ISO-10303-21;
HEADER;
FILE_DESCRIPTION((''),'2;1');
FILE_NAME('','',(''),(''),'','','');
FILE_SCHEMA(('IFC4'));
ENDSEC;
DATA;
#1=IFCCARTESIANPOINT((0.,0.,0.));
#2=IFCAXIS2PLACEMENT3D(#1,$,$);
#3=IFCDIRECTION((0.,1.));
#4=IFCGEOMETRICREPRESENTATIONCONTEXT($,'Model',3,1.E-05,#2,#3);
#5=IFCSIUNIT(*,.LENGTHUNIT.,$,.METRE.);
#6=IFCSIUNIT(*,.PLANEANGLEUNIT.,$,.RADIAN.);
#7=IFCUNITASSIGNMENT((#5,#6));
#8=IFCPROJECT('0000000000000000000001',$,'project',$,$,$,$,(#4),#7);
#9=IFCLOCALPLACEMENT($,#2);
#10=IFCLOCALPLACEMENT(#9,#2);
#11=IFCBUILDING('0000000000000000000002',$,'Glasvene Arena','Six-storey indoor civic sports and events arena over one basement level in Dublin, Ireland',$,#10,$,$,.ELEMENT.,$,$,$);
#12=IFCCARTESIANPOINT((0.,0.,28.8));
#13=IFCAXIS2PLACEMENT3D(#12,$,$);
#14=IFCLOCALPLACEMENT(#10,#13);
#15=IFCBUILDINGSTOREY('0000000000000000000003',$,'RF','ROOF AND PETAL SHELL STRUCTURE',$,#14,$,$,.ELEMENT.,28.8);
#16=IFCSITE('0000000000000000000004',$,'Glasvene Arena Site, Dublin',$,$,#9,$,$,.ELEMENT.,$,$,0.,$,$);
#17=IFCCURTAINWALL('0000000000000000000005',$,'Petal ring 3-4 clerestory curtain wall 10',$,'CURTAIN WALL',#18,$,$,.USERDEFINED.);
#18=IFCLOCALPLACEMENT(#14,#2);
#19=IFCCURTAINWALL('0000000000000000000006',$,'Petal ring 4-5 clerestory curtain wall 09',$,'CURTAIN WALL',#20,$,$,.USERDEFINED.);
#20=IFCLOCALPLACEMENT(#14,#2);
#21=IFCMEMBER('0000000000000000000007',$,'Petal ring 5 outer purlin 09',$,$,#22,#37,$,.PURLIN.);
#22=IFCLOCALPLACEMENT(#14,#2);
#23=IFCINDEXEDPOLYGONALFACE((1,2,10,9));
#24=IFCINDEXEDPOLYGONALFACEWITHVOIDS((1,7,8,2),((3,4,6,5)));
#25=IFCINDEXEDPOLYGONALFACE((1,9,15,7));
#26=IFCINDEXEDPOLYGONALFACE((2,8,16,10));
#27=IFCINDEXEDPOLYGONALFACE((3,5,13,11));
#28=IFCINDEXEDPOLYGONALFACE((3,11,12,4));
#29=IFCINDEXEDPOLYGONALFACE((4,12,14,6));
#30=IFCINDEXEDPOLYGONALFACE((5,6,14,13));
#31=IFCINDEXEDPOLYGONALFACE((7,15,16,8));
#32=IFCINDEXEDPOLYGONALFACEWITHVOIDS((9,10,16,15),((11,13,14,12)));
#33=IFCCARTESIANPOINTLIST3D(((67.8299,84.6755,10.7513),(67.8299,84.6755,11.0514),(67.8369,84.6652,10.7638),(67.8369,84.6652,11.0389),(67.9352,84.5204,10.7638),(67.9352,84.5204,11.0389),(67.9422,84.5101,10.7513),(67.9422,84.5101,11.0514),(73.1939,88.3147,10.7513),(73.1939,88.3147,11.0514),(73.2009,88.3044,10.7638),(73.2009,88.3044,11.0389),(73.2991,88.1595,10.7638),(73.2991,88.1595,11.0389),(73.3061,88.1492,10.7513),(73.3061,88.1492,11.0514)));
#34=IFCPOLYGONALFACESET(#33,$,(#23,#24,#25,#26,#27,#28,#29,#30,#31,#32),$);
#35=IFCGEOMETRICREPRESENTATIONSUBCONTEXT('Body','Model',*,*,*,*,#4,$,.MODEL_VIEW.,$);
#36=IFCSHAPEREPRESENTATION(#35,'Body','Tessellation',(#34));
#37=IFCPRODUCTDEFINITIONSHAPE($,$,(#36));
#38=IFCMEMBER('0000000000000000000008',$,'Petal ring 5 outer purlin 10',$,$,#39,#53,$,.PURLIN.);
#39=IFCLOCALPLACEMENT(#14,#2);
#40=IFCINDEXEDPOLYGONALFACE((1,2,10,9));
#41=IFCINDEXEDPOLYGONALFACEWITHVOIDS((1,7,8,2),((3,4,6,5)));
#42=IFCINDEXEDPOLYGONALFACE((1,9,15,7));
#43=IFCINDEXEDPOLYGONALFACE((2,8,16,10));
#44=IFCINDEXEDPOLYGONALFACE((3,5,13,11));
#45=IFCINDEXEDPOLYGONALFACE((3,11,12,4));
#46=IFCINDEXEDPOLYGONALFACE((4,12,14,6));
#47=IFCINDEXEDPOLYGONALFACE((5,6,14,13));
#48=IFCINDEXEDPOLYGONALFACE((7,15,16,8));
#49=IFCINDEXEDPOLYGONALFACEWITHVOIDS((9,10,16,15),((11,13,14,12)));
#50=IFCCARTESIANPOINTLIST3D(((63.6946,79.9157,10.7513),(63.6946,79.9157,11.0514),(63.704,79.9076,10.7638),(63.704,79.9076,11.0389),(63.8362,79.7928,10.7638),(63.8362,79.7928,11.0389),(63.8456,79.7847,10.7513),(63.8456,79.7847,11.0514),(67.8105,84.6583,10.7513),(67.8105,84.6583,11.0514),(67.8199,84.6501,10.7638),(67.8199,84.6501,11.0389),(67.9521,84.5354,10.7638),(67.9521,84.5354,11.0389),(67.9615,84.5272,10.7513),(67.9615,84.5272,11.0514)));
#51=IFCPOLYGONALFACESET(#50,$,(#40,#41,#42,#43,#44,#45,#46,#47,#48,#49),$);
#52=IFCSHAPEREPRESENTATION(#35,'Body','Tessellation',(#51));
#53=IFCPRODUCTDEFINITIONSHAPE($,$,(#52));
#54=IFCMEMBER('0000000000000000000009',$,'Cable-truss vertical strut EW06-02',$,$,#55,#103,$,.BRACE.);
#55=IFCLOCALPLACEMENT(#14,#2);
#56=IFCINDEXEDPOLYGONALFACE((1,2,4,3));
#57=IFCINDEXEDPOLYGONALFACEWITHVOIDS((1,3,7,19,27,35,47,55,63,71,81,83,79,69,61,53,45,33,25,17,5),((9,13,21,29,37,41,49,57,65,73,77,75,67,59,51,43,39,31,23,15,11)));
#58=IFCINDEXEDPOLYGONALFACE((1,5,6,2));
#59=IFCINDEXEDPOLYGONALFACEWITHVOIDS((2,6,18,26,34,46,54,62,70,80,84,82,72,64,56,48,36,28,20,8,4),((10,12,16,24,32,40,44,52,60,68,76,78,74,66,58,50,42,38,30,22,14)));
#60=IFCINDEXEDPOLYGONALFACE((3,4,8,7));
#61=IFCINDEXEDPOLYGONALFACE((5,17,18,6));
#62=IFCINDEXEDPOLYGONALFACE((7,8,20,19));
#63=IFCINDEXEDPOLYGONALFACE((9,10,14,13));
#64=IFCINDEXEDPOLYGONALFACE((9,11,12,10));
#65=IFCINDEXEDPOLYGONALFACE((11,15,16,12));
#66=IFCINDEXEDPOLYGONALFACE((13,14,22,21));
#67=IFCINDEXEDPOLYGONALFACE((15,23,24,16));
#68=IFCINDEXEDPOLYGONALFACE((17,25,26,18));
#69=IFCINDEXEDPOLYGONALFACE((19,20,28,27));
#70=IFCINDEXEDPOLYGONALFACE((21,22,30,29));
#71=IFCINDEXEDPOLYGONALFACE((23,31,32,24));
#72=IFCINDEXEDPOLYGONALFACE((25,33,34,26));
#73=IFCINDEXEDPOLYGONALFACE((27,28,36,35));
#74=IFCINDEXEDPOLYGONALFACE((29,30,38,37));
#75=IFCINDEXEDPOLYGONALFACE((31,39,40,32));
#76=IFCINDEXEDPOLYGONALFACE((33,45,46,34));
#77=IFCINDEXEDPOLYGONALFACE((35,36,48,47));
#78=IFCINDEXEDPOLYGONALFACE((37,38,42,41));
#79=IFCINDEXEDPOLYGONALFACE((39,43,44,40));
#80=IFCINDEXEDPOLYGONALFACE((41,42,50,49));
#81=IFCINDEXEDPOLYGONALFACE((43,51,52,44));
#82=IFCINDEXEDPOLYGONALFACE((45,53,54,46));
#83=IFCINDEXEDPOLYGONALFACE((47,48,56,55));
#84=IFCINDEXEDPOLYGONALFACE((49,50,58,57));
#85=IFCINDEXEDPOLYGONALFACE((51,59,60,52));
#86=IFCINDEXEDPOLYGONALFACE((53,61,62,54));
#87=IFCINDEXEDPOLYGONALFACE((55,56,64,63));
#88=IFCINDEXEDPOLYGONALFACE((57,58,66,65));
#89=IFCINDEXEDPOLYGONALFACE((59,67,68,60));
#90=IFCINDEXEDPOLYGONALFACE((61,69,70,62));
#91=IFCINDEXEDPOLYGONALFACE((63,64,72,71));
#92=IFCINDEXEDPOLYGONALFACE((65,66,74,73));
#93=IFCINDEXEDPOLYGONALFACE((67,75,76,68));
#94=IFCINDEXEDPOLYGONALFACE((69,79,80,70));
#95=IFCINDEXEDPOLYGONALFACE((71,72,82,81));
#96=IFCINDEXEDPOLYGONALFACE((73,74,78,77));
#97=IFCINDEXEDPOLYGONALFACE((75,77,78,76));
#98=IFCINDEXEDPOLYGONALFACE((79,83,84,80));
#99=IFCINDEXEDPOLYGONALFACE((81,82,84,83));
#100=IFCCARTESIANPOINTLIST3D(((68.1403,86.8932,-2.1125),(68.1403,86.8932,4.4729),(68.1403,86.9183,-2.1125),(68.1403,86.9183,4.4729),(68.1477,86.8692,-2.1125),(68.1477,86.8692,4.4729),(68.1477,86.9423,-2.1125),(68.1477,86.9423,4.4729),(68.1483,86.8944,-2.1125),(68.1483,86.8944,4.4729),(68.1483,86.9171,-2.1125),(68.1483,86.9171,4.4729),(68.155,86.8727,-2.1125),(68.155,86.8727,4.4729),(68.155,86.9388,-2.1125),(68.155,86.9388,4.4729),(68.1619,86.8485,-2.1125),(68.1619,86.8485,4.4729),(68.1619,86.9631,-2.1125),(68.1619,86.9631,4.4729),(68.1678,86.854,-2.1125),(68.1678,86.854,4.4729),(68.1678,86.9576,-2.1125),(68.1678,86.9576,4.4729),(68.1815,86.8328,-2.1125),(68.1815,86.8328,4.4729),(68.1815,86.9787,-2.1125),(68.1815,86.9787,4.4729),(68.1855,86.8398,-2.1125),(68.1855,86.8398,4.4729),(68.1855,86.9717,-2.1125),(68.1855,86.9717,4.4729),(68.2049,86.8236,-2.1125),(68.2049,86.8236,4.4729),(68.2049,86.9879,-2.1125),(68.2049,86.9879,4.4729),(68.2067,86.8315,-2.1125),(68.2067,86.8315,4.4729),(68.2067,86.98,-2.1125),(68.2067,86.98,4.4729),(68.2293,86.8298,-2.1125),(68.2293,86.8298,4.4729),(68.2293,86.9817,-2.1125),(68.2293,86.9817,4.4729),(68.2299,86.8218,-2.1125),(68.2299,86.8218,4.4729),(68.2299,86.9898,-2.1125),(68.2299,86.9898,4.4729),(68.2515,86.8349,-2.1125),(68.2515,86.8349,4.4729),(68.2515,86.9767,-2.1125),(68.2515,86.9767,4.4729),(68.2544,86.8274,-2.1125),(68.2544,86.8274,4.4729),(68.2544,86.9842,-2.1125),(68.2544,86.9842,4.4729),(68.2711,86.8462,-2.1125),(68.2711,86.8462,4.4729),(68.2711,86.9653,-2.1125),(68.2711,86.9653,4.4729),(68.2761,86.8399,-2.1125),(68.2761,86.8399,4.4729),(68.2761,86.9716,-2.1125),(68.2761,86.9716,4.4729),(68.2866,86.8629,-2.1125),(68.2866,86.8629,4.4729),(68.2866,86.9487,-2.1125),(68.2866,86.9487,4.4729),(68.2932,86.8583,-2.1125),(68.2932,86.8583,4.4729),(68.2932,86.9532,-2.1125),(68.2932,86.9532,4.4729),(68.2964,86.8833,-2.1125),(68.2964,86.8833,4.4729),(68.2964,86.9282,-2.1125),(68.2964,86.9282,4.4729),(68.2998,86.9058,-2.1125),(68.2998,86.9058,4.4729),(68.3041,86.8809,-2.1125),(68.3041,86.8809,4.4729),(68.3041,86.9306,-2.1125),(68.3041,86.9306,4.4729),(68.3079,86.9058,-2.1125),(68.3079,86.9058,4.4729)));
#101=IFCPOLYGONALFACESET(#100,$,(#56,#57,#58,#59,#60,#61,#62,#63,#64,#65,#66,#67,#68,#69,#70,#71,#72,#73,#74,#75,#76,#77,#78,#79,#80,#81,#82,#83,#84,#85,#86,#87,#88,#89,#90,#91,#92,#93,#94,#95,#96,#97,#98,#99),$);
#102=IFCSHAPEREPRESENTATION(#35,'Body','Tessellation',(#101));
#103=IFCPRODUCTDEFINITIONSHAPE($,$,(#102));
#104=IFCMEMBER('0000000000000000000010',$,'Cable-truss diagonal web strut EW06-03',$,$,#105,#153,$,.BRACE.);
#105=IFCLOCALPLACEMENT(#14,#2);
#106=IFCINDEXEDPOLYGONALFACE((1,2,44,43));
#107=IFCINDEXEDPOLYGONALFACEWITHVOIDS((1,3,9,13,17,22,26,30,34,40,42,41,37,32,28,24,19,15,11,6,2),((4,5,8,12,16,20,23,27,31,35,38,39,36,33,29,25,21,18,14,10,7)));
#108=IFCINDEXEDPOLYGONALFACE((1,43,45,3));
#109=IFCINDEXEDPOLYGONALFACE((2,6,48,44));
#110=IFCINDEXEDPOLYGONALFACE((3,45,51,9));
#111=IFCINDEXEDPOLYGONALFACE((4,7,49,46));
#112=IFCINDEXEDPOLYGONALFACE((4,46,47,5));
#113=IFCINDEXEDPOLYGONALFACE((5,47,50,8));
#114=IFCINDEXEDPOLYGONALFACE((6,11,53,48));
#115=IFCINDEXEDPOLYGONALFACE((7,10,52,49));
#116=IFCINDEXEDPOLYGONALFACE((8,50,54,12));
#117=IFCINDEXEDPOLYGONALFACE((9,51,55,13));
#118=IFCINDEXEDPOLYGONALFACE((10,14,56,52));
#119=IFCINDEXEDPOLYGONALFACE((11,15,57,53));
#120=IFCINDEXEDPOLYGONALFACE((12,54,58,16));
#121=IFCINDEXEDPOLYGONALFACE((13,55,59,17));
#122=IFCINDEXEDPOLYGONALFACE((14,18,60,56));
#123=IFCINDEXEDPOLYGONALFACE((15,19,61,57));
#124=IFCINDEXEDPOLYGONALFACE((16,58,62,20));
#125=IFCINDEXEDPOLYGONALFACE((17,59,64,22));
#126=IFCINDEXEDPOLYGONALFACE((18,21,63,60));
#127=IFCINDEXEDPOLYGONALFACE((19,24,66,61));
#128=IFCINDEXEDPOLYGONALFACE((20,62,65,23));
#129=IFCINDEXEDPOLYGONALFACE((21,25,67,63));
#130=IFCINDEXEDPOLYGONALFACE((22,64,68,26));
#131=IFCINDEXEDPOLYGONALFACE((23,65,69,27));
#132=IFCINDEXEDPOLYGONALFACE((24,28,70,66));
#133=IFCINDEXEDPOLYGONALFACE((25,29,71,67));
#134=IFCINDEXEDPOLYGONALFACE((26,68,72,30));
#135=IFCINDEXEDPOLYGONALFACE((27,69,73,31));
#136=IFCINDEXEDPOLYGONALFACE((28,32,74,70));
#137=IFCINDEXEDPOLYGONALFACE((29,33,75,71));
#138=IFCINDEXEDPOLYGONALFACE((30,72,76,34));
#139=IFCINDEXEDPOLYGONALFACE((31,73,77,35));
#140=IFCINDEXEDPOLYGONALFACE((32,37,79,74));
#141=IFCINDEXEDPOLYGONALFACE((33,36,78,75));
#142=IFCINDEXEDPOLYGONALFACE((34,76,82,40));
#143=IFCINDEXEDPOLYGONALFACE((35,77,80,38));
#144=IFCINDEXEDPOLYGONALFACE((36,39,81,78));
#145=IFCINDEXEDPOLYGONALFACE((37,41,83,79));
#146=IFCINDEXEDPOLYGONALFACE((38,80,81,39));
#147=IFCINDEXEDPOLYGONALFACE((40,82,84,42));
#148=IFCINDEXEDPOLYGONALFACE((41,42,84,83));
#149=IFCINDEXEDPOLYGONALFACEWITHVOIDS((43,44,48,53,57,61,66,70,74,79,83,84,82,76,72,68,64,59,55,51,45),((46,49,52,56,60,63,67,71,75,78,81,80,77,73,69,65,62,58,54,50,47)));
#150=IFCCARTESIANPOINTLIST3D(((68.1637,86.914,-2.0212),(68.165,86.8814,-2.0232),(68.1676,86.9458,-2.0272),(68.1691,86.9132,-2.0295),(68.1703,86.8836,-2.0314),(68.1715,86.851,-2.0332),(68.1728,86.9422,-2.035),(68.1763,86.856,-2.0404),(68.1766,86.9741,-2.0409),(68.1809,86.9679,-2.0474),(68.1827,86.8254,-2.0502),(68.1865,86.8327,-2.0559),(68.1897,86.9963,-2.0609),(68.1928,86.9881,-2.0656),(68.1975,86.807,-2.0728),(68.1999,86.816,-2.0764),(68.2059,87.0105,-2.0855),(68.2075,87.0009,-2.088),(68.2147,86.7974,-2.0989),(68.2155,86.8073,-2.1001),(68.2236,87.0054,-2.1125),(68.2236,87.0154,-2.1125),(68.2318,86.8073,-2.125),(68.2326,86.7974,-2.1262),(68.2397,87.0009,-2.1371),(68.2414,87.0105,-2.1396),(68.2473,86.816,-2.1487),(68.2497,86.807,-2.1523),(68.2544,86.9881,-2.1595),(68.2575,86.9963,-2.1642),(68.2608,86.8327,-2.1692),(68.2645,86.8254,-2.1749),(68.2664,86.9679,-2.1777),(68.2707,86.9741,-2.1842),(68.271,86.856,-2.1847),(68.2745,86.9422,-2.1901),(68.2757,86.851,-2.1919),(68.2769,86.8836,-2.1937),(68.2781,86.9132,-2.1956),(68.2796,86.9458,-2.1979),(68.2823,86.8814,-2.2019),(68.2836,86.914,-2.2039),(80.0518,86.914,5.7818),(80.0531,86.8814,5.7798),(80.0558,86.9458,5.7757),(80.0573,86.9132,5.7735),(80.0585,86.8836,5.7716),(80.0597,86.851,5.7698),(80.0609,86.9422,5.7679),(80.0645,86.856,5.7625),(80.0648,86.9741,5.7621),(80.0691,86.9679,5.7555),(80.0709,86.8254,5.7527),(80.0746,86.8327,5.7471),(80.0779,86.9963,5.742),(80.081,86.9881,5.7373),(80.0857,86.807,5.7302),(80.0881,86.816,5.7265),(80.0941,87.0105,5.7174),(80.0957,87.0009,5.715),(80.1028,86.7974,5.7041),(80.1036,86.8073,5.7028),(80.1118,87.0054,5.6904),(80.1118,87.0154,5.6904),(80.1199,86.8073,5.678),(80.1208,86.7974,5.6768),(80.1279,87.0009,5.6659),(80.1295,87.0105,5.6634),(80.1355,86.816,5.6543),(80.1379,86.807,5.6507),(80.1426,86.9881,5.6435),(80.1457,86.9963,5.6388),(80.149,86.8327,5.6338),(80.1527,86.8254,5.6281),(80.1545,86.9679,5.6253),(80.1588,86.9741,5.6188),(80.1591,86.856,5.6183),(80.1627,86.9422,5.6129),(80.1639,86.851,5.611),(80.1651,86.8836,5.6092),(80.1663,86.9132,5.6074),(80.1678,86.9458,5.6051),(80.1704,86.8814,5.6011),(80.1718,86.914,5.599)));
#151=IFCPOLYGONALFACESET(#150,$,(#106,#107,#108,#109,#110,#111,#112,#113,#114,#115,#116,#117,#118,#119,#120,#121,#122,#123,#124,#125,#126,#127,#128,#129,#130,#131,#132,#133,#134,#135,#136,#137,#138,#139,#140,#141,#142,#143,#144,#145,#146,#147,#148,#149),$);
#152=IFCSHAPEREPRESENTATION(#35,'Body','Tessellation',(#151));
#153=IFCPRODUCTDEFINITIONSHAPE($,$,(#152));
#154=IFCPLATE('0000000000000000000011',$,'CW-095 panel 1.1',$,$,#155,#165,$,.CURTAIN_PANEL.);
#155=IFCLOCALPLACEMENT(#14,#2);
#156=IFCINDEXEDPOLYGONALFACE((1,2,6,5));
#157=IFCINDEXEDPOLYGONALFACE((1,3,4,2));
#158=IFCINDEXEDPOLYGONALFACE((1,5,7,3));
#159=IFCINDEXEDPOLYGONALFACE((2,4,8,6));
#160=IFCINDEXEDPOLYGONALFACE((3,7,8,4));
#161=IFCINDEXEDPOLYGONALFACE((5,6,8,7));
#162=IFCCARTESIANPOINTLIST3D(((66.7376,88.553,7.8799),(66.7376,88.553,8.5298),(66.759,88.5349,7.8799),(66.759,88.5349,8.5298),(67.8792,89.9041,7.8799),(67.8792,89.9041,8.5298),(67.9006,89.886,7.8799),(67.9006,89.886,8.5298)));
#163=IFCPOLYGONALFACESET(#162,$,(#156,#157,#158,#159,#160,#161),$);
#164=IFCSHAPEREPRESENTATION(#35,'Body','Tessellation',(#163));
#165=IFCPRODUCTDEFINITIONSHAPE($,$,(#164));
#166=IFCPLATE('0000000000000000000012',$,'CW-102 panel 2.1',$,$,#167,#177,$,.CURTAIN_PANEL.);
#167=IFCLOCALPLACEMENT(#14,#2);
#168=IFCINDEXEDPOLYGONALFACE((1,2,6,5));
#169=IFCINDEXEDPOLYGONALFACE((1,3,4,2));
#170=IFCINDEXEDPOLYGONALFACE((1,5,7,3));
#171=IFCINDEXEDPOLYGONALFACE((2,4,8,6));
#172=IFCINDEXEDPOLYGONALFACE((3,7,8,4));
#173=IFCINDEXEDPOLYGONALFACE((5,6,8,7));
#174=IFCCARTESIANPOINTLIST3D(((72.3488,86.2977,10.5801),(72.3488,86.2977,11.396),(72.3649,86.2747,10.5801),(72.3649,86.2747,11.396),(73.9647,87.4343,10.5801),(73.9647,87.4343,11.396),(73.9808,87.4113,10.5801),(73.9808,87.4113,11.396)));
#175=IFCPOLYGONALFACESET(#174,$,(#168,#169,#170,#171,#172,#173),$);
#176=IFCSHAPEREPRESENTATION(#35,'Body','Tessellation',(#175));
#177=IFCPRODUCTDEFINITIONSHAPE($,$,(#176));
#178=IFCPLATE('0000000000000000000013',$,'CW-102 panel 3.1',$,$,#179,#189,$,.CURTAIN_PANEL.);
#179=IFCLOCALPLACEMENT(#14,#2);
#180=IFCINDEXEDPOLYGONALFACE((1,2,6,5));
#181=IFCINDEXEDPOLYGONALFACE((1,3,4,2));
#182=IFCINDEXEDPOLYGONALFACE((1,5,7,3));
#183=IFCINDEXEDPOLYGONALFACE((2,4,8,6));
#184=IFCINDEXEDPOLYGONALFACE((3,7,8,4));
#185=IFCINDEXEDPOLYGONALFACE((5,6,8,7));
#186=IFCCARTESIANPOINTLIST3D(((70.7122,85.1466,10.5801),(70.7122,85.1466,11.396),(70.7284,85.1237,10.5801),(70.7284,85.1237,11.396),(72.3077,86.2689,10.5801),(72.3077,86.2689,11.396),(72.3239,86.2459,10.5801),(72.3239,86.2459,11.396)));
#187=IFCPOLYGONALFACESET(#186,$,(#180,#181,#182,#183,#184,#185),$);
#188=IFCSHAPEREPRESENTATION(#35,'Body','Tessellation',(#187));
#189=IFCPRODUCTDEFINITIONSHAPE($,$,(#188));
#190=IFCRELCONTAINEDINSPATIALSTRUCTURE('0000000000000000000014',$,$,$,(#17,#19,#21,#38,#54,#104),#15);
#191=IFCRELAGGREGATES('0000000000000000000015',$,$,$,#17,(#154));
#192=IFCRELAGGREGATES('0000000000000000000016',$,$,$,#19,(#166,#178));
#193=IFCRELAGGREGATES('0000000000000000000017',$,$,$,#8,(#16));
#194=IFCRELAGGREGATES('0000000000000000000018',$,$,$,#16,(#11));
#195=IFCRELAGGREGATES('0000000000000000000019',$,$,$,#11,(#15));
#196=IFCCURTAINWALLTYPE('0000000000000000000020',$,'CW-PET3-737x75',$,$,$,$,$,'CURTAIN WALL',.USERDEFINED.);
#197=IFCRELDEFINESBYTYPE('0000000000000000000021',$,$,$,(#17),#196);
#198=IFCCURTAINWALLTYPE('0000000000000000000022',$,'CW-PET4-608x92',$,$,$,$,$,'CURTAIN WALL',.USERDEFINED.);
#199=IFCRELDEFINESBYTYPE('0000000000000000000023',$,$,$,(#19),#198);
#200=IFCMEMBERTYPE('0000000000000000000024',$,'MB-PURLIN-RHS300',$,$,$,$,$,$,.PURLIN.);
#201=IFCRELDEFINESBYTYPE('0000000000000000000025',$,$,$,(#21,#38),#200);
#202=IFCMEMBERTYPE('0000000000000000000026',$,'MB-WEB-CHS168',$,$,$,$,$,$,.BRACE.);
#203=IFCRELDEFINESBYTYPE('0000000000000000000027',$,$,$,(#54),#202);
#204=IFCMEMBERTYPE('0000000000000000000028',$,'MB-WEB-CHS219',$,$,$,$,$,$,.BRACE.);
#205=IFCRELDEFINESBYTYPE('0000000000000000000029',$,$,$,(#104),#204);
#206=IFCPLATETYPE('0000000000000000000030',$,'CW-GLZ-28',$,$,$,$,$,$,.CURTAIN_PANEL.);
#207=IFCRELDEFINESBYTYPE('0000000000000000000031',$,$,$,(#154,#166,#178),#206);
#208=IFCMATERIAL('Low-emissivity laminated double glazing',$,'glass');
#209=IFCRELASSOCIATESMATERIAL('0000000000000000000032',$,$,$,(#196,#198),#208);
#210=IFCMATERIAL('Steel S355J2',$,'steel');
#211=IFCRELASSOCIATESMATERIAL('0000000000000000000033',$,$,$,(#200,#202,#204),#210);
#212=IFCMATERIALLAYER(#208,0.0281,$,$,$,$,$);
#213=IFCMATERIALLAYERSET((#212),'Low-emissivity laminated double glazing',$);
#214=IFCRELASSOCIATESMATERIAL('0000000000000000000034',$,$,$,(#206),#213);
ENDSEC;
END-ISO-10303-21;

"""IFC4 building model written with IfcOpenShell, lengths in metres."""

from ifc_helpers import new_model, si_unit, direction, frame, origin, origin_2d, place, context, subcontext, project, spatial, rectangle, hollow_rectangle, hollow_circle, extrude, material, layer, layer_set, material_profile, profile_set, type_object, element, aggregate, save


model = new_model("IFC4")

# Units and contexts
model_context = context("Model", 3, precision=1e-05, world=origin(), true_north=direction((0.0, 1.0)))
body_context = subcontext(model_context, "Body", "Model", "MODEL_VIEW")
ifc_project = project(units=[si_unit("LENGTHUNIT", "METRE"), si_unit("PLANEANGLEUNIT", "RADIAN")], contexts=[model_context])

# Site, building, storey
site_placement = place(None, origin())
site = spatial("IfcSite", under=ifc_project, at=site_placement, Name="Glasvene Arena Site, Dublin", CompositionType="ELEMENT", RefElevation=0.0)
building_placement = place(site_placement, origin())
building = spatial("IfcBuilding", under=site, at=building_placement, Name="Glasvene Arena", Description="Six-storey indoor civic sports and events arena over one basement level in Dublin, Ireland", CompositionType="ELEMENT")
storey_placement = place(building_placement, frame((0.0, 0.0, 28.8)))
storey = spatial("IfcBuildingStorey", under=building, at=storey_placement, Name="RF", Description="ROOF AND PETAL SHELL STRUCTURE", CompositionType="ELEMENT", Elevation=28.8)

# Shared definitions
ifc_material_1 = material(Name="Low-emissivity laminated double glazing", Category="glass")

# Curtain walls
curtain_wall_type_1 = type_object("IfcCurtainWallType", Name="CW-PET3-737x75", ElementType="CURTAIN WALL", PredefinedType="USERDEFINED", material=ifc_material_1)
curtain_wall_1_placement = place(storey_placement, frame((67.9221, 89.9333, 0.0)))
curtain_wall_1 = element("IfcCurtainWall", 1, at=curtain_wall_1_placement, inside=storey, type_object=curtain_wall_type_1, Name="Petal ring 3-4 clerestory curtain wall 10", ObjectType="CURTAIN WALL", PredefinedType="USERDEFINED")
curtain_wall_type_2 = type_object("IfcCurtainWallType", Name="CW-PET4-608x92", ElementType="CURTAIN WALL", PredefinedType="USERDEFINED", material=ifc_material_1)
curtain_wall_2_placement = place(storey_placement, frame((75.6499, 88.6025, 0.0)))
curtain_wall_2 = element("IfcCurtainWall", 2, at=curtain_wall_2_placement, inside=storey, type_object=curtain_wall_type_2, Name="Petal ring 4-5 clerestory curtain wall 09", ObjectType="CURTAIN WALL", PredefinedType="USERDEFINED")

# Members
ifc_material_2 = material(Name="Steel S355J2", Category="steel")
ifc_material_profile_1 = material_profile(ifc_material_2, hollow_rectangle(XDim=0.2, YDim=0.3, WallThickness=0.0125, at=origin_2d()), Name="RHS 300x200x12.5")
ifc_profile_set_1 = profile_set([ifc_material_profile_1], Name="Steel S355J2")
member_type_1 = type_object("IfcMemberType", Name="MB-PURLIN-RHS300", PredefinedType="PURLIN", material=ifc_profile_set_1)
member_1_placement = place(storey_placement, frame((73.25, 88.2319, 10.9014), z_axis=(-0.827526, -0.561427, 0.0), x_axis=(0.561427, -0.827526, 0.0)))
element("IfcMember", 3, at=member_1_placement, inside=storey, type_object=member_type_1, Name="Petal ring 5 outer purlin 09", PredefinedType="PURLIN", context=body_context, shape_type="SweptSolid", body=[
    extrude(hollow_rectangle(XDim=0.2, YDim=0.3, WallThickness=0.0125, at=origin_2d()), origin(), (0.0, 0.0, 1.0), 6.4819),
])
member_2_placement = place(storey_placement, frame((67.886, 84.5928, 10.9014), z_axis=(-0.655444, -0.755244, 0.0), x_axis=(0.755244, -0.655444, 0.0)))
element("IfcMember", 4, at=member_2_placement, inside=storey, type_object=member_type_1, Name="Petal ring 5 outer purlin 10", PredefinedType="PURLIN", context=body_context, shape_type="SweptSolid", body=[
    extrude(hollow_rectangle(XDim=0.2, YDim=0.3, WallThickness=0.0125, at=origin_2d()), origin(), (0.0, 0.0, 1.0), 6.2795),
])
ifc_material_profile_2 = material_profile(ifc_material_2, hollow_circle(Radius=0.0842, WallThickness=0.0081, at=origin_2d()), Name="CHS 168.3x8.0")
ifc_profile_set_2 = profile_set([ifc_material_profile_2], Name="Steel S355J2")
member_type_2 = type_object("IfcMemberType", Name="MB-WEB-CHS168", PredefinedType="BRACE", material=ifc_profile_set_2)
member_3_placement = place(storey_placement, frame((68.2236, 86.9058, -2.1125), z_axis=(0.0, 0.0, 1.0), x_axis=(1.0, 0.0, 0.0)))
element("IfcMember", 5, at=member_3_placement, inside=storey, type_object=member_type_2, Name="Cable-truss vertical strut EW06-02", PredefinedType="BRACE", context=body_context, shape_type="SweptSolid", body=[
    extrude(hollow_circle(Radius=0.0842, WallThickness=0.0081, at=origin_2d()), origin(), (0.0, 0.0, 1.0), 6.5854),
])
ifc_material_profile_3 = material_profile(ifc_material_2, hollow_circle(Radius=0.1096, WallThickness=0.01, at=origin_2d()), Name="CHS 219.1x10.0")
ifc_profile_set_3 = profile_set([ifc_material_profile_3], Name="Steel S355J2")
member_type_3 = type_object("IfcMemberType", Name="MB-WEB-CHS219", PredefinedType="BRACE", material=ifc_profile_set_3)
member_4_placement = place(storey_placement, frame((68.2236, 86.9058, -2.1125), z_axis=(0.836004, 0.0, 0.548723), x_axis=(0.0, 1.0, 0.0)))
element("IfcMember", 6, at=member_4_placement, inside=storey, type_object=member_type_3, Name="Cable-truss diagonal web strut EW06-03", PredefinedType="BRACE", context=body_context, shape_type="SweptSolid", body=[
    extrude(hollow_circle(Radius=0.1096, WallThickness=0.01, at=origin_2d()), origin(), (0.0, 0.0, 1.0), 14.2202),
])

# Plates
ifc_layer_1 = layer(ifc_material_1, 0.0281)
ifc_layer_set_1 = layer_set([ifc_layer_1], Name="Low-emissivity laminated double glazing")
plate_type_1 = type_object("IfcPlateType", Name="CW-GLZ-28", PredefinedType="CURTAIN_PANEL", material=ifc_layer_set_1)
plate_1_placement = place(storey_placement, frame((67.3191, 89.2195, 7.8799), z_axis=(0.0, 0.0, 1.0), x_axis=(-0.645394, -0.76385, 0.0)))
plate_1 = element("IfcPlate", 7, at=plate_1_placement, type_object=plate_type_1, Name="CW-095 panel 1.1", PredefinedType="CURTAIN_PANEL", context=body_context, shape_type="SweptSolid", body=[
    extrude(rectangle(XDim=1.7688, YDim=0.0281, at=origin_2d()), origin(), (0.0, 0.0, 1.0), 0.6499),
])
aggregate(curtain_wall_1, [plate_1])
plate_2_placement = place(storey_placement, frame((73.1648, 86.8545, 10.5801), z_axis=(0.0, 0.0, 1.0), x_axis=(-0.817925, -0.575325, 0.0)))
plate_2 = element("IfcPlate", 8, at=plate_2_placement, type_object=plate_type_1, Name="CW-102 panel 2.1", PredefinedType="CURTAIN_PANEL", context=body_context, shape_type="SweptSolid", body=[
    extrude(rectangle(XDim=1.9756, YDim=0.0281, at=origin_2d()), origin(), (0.0, 0.0, 1.0), 0.8159),
])
plate_3_placement = place(storey_placement, frame((71.5181, 85.6963, 10.5801), z_axis=(0.0, 0.0, 1.0), x_axis=(-0.817925, -0.575325, 0.0)))
plate_3 = element("IfcPlate", 9, at=plate_3_placement, type_object=plate_type_1, Name="CW-102 panel 3.1", PredefinedType="CURTAIN_PANEL", context=body_context, shape_type="SweptSolid", body=[
    extrude(rectangle(XDim=1.9507, YDim=0.0281, at=origin_2d()), origin(), (0.0, 0.0, 1.0), 0.8159),
])
aggregate(curtain_wall_2, [plate_2, plate_3])

save(model, "model.ifc")
